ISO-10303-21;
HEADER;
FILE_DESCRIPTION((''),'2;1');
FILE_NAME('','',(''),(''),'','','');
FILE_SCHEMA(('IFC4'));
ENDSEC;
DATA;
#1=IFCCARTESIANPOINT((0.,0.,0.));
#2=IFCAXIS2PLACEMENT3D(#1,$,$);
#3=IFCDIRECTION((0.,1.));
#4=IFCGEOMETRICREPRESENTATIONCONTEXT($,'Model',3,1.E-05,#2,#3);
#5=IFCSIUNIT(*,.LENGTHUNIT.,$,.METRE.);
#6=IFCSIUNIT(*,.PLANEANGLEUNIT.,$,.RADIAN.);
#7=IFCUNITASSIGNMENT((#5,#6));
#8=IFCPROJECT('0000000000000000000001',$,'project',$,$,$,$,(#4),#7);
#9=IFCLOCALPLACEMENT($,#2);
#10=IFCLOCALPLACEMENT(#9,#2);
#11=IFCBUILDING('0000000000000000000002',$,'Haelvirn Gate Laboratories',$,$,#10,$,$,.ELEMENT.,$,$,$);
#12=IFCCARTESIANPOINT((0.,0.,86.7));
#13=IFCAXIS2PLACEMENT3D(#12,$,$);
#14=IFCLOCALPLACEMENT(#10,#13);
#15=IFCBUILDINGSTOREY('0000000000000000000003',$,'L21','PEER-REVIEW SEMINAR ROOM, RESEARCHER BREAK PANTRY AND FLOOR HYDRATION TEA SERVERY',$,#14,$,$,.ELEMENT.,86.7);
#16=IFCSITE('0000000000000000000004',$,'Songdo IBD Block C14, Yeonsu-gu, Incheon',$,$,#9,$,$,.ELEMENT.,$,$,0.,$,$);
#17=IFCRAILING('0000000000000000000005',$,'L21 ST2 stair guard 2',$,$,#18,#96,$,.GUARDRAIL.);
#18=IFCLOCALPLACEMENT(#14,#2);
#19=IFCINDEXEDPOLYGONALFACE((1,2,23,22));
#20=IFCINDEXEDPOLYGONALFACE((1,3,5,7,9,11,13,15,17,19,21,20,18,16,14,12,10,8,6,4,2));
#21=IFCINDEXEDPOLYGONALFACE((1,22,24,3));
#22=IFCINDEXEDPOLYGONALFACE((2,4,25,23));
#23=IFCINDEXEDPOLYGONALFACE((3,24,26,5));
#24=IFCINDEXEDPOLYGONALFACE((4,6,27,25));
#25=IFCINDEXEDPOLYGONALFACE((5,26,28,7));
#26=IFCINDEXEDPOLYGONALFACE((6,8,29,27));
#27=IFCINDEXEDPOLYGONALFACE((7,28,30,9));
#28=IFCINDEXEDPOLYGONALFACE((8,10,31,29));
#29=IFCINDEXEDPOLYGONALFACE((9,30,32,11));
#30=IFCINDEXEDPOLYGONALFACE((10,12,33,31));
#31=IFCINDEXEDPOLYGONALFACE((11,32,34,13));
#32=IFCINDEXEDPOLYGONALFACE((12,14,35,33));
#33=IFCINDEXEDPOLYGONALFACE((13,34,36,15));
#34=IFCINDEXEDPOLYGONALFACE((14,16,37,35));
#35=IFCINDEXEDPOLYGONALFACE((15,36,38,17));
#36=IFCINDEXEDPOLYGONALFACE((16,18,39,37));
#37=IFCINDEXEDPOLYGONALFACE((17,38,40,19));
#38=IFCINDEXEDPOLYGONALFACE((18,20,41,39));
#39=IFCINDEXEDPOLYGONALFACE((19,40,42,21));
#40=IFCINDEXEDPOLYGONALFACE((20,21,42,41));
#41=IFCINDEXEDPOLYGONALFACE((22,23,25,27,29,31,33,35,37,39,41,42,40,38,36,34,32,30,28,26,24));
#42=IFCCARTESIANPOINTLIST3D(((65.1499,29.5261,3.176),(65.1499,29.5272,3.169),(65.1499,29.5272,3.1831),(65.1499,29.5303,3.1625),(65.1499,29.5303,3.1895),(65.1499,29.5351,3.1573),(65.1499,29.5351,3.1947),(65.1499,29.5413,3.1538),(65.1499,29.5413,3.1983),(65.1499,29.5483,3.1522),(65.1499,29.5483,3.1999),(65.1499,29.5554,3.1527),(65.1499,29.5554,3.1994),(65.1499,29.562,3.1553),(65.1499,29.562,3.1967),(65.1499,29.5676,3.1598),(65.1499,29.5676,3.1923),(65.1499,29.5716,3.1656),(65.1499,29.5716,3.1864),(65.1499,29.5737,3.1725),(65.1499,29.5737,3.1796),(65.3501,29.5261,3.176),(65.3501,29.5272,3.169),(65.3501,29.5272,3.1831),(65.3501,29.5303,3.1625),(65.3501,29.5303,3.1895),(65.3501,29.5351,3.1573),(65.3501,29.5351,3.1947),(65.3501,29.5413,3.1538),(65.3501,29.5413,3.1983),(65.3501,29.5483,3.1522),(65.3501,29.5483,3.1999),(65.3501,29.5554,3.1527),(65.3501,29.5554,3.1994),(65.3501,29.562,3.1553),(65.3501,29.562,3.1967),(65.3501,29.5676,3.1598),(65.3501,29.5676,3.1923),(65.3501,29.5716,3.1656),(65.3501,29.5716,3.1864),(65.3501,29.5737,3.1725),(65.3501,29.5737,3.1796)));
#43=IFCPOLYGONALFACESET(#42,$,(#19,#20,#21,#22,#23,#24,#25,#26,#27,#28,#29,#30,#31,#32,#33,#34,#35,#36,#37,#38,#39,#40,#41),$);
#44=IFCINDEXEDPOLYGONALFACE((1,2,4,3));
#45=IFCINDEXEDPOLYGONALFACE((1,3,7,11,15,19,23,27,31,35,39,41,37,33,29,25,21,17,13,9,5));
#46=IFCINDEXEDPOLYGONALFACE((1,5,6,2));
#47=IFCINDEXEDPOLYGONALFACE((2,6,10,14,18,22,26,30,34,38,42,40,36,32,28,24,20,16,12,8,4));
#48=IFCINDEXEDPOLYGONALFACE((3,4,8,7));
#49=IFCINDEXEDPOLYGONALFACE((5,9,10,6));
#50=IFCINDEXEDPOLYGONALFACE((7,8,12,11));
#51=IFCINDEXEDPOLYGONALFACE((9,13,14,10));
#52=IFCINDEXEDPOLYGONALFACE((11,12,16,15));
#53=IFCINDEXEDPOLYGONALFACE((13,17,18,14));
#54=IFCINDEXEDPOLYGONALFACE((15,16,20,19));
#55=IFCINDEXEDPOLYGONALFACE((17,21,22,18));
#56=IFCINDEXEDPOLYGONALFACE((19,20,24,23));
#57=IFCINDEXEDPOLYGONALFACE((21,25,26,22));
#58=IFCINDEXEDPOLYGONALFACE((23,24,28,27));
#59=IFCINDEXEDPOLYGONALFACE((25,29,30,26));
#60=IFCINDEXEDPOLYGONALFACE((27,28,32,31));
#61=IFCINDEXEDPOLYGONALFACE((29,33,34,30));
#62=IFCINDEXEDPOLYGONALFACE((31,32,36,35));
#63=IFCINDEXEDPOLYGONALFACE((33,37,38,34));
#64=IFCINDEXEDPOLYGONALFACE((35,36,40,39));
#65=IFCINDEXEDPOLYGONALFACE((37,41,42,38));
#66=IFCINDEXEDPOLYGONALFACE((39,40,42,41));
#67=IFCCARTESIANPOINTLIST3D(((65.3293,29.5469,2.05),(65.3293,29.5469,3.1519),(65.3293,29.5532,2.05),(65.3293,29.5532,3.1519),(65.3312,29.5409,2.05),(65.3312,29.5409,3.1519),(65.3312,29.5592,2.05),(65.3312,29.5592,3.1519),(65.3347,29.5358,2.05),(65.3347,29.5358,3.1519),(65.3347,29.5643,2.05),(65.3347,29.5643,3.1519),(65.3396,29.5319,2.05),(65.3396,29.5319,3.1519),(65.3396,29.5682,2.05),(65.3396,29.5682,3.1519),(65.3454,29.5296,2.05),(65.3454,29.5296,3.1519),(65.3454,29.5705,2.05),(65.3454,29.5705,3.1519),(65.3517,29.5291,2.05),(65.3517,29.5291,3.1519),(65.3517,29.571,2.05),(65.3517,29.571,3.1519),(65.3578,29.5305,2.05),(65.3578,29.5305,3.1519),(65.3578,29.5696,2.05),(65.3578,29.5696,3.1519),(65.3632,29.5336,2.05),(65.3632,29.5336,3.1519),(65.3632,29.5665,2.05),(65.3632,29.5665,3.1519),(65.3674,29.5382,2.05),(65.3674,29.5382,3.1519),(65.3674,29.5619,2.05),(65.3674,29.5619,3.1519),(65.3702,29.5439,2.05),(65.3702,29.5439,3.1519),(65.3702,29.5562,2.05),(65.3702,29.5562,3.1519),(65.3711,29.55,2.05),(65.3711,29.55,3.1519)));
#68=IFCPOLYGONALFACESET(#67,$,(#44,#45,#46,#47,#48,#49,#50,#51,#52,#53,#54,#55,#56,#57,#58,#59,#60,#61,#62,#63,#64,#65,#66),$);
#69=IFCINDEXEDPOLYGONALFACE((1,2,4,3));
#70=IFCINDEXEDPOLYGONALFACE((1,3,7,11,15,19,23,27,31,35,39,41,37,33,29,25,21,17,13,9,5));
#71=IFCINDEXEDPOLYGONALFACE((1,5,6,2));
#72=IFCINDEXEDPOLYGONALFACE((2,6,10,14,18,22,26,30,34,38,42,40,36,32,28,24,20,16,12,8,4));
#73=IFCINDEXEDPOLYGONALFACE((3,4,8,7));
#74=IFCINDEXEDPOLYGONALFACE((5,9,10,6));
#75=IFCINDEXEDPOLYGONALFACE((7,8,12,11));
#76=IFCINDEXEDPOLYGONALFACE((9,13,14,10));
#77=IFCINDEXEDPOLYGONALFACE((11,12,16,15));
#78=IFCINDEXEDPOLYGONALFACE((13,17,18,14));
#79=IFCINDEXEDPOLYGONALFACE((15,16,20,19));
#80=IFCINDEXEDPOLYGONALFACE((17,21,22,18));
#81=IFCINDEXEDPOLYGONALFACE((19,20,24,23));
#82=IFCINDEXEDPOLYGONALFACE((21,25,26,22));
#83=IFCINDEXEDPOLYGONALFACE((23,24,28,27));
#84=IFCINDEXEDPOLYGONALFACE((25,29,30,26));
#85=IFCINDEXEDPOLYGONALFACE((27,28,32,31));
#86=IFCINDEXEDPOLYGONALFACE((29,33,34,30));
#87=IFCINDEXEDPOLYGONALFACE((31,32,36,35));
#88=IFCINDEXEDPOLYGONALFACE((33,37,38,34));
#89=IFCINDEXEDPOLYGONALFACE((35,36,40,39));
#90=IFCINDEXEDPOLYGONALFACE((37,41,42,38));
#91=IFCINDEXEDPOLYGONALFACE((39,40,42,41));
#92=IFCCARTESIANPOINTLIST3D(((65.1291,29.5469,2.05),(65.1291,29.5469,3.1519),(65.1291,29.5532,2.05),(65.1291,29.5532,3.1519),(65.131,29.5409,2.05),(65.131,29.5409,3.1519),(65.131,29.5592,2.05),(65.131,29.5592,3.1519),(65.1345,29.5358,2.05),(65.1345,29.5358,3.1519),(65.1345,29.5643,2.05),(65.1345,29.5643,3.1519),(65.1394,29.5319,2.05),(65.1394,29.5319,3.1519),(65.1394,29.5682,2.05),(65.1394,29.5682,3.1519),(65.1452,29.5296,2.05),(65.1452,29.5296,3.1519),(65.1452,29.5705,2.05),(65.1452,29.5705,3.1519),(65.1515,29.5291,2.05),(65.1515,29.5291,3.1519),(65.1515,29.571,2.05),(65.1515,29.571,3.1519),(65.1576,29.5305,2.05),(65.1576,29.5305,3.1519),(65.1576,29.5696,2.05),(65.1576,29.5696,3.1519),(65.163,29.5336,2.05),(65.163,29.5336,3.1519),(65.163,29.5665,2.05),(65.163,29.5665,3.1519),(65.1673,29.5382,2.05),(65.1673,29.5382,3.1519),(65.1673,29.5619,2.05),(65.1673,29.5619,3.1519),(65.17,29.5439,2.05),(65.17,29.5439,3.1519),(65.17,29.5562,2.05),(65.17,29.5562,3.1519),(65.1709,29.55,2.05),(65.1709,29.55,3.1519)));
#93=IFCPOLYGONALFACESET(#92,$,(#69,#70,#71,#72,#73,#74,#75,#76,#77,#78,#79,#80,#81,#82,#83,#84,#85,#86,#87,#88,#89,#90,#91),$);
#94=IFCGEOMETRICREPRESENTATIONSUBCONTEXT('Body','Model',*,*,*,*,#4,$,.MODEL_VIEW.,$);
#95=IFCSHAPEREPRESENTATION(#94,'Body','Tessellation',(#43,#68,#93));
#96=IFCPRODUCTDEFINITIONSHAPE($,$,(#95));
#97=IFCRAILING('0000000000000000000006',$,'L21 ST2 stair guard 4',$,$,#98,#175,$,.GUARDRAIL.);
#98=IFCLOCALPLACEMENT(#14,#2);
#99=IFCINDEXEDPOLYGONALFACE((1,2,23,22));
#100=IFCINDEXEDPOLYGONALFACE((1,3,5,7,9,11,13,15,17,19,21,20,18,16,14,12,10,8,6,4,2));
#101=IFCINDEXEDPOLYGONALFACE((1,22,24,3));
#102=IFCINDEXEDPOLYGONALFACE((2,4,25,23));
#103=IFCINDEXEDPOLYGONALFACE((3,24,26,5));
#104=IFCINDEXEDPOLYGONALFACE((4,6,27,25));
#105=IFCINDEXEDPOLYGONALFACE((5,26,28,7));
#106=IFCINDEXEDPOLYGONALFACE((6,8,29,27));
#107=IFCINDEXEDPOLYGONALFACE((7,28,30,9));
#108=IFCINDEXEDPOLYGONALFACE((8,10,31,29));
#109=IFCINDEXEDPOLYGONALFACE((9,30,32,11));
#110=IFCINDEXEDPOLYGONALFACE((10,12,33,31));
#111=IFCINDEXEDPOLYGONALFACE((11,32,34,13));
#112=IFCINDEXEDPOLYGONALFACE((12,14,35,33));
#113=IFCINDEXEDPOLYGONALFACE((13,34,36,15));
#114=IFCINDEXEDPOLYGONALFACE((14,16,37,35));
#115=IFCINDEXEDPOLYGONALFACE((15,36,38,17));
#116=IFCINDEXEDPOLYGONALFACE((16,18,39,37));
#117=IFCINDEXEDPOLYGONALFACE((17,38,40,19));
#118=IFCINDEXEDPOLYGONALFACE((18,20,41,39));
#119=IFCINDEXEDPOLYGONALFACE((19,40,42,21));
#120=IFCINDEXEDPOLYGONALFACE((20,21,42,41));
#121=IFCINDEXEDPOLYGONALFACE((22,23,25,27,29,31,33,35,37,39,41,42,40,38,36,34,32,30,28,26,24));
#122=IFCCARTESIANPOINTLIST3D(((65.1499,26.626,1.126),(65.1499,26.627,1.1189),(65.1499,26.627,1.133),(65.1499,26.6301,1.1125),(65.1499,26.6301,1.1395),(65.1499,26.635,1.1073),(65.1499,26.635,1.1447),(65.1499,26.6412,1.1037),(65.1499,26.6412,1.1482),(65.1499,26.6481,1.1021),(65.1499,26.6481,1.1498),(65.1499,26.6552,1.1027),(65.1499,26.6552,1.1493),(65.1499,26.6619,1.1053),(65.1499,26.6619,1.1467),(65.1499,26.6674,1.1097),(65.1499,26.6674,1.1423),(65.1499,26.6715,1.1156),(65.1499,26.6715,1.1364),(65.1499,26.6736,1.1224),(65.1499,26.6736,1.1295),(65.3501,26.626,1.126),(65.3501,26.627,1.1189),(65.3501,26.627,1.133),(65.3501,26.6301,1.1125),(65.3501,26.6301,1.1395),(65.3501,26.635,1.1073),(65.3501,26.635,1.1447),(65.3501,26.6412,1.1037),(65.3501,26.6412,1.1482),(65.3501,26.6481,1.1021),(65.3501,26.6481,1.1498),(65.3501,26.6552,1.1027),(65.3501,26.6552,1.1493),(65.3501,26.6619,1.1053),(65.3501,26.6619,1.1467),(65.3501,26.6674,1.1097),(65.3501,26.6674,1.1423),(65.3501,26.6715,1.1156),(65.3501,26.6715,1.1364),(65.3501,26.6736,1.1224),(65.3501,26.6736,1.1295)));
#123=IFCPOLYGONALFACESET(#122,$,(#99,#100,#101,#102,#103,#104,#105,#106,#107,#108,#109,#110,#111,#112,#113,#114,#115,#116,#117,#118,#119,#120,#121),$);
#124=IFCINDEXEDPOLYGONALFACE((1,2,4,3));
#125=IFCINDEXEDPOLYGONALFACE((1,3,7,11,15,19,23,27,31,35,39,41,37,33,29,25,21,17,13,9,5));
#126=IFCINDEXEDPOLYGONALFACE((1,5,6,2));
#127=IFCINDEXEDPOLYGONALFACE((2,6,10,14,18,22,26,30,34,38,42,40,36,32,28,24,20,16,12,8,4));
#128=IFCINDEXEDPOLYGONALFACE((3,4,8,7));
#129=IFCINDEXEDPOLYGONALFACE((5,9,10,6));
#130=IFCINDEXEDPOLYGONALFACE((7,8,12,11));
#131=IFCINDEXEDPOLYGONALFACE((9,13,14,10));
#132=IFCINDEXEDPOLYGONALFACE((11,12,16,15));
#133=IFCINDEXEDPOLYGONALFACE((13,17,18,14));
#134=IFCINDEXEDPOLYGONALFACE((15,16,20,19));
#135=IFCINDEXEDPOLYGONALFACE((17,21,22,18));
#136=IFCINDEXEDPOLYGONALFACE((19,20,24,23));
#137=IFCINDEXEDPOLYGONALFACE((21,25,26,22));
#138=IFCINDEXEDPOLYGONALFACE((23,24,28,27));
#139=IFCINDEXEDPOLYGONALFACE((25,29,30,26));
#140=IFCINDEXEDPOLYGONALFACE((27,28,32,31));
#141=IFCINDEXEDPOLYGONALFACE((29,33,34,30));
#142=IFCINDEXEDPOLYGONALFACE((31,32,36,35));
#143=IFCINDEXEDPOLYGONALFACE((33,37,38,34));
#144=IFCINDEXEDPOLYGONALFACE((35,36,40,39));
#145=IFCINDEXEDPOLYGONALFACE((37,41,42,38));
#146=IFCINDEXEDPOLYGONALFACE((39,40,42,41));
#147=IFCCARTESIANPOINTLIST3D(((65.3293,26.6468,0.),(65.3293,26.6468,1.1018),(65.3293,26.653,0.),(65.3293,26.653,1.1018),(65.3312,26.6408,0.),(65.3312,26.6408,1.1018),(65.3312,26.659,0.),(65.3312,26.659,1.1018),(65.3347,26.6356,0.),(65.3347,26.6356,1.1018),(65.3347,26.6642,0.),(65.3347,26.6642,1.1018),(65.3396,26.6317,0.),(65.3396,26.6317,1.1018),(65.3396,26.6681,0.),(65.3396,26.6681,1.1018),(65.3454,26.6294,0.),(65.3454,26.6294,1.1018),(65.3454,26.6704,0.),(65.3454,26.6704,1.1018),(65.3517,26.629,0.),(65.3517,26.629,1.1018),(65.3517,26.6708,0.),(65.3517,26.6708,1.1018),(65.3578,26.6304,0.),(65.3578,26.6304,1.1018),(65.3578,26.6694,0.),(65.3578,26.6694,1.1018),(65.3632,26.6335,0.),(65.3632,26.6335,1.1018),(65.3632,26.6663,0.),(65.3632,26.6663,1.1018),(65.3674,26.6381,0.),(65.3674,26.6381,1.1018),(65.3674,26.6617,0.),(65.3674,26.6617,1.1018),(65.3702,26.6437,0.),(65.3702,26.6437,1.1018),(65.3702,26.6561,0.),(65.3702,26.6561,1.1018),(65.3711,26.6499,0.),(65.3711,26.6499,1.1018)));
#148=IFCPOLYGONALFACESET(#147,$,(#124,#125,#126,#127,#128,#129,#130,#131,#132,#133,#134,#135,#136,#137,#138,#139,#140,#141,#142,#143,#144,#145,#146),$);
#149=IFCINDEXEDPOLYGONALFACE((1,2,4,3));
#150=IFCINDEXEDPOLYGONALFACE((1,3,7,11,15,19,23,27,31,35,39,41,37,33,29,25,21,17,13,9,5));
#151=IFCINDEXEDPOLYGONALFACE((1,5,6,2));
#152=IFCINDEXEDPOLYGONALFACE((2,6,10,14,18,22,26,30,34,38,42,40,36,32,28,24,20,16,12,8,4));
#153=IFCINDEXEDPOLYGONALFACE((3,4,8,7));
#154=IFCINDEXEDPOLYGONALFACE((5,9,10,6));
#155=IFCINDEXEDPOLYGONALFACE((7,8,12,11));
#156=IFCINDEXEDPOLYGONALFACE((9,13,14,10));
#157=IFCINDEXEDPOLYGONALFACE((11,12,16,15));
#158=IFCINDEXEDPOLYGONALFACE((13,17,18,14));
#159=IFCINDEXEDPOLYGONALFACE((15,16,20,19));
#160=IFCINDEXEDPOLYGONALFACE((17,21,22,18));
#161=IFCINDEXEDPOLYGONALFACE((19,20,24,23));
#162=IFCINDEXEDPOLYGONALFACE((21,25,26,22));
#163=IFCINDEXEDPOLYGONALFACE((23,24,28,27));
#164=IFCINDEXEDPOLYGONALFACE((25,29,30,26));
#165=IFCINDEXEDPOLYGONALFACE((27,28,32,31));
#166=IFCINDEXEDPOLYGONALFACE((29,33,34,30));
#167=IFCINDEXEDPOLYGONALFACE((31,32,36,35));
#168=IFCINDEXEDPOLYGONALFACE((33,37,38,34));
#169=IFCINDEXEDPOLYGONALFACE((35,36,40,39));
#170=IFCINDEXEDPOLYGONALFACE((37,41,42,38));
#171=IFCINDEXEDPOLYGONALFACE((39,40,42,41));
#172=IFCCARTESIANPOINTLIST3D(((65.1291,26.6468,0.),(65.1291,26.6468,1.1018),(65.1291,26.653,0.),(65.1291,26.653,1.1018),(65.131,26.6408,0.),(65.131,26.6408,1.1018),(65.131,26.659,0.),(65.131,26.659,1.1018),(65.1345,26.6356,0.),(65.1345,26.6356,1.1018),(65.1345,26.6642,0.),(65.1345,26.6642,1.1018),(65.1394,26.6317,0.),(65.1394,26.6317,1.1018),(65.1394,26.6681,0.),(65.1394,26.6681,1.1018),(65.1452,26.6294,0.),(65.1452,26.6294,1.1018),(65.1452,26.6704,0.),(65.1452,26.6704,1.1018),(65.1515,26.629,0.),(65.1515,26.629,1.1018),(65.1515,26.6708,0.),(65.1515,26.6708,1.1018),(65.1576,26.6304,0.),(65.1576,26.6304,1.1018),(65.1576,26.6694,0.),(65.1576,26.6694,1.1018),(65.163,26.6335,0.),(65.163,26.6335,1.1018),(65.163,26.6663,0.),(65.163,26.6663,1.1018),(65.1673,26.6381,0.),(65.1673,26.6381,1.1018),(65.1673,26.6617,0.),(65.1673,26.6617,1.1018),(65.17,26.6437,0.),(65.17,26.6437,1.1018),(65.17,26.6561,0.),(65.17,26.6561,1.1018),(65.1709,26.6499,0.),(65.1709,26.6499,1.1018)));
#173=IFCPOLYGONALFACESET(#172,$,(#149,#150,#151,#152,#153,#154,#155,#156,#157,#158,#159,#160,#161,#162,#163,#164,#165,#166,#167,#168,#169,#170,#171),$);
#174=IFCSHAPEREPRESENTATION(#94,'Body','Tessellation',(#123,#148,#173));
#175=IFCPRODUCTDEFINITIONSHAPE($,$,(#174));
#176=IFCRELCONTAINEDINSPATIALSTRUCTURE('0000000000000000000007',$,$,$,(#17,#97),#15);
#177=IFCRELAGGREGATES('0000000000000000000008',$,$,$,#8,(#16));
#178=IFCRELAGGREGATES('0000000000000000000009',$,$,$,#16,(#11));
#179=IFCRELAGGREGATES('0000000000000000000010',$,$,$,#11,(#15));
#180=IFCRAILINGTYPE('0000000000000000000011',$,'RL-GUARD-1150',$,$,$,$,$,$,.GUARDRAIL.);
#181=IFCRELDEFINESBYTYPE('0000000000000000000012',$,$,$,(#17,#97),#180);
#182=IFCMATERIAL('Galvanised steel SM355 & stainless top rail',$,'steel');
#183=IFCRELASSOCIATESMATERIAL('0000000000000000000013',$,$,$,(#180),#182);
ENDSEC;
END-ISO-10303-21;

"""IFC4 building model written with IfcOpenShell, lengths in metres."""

from ifc_helpers import new_model, si_unit, direction, frame, origin, origin_2d, place, context, subcontext, project, spatial, circle, extrude, source, transform, mapped, material, type_object, element, save


model = new_model("IFC4")

# Units and contexts
model_context = context("Model", 3, precision=1e-05, world=origin(), true_north=direction((0.0, 1.0)))
body_context = subcontext(model_context, "Body", "Model", "MODEL_VIEW")
ifc_project = project(units=[si_unit("LENGTHUNIT", "METRE"), si_unit("PLANEANGLEUNIT", "RADIAN")], contexts=[model_context])

# Site, building, storey
site_placement = place(None, origin())
site = spatial("IfcSite", under=ifc_project, at=site_placement, Name="Songdo IBD Block C14, Yeonsu-gu, Incheon", CompositionType="ELEMENT", RefElevation=0.0)
building_placement = place(site_placement, origin())
building = spatial("IfcBuilding", under=site, at=building_placement, Name="Haelvirn Gate Laboratories", CompositionType="ELEMENT")
storey_placement = place(building_placement, frame((0.0, 0.0, 86.7)))
storey = spatial("IfcBuildingStorey", under=building, at=storey_placement, Name="L21", Description="PEER-REVIEW SEMINAR ROOM, RESEARCHER BREAK PANTRY AND FLOOR HYDRATION TEA SERVERY", CompositionType="ELEMENT", Elevation=86.7)

# Railings
ifc_material_1 = material(Name="Galvanised steel SM355 & stainless top rail", Category="steel")
railing_type_1 = type_object("IfcRailingType", Name="RL-GUARD-1150", PredefinedType="GUARDRAIL", material=ifc_material_1)
shared_shape_1 = source(origin(), body_context, "Body", "SweptSolid", [
    extrude(circle(Radius=0.0239, at=origin_2d()), frame((0.0, 0.0, 1.126), z_axis=(-1.0, 0.0, 0.0), x_axis=(0.0, -1.0, 0.0)), (0.0, 0.0, 1.0), 0.2002),
    extrude(circle(Radius=0.021, at=origin_2d()), origin(), (0.0, 0.0, 1.0), 1.1018),
    extrude(circle(Radius=0.021, at=origin_2d()), frame((-0.2002, 0.0, 0.0)), (0.0, 0.0, 1.0), 1.1018),
])
for number, where, name in (
    (1, (65.3501, 29.55, 2.05), "L21 ST2 stair guard 2"),
    (2, (65.3501, 26.6499, 0.0), "L21 ST2 stair guard 4"),
):
    element("IfcRailing", number, at=place(storey_placement, frame(where)), inside=storey, type_object=railing_type_1, Name=name, PredefinedType="GUARDRAIL", context=body_context, shape_type="MappedRepresentation", body=[
        mapped(shared_shape_1, transform((0.0, 0.0, 0.0), scale=1.0)),
    ])

save(model, "model.ifc")
